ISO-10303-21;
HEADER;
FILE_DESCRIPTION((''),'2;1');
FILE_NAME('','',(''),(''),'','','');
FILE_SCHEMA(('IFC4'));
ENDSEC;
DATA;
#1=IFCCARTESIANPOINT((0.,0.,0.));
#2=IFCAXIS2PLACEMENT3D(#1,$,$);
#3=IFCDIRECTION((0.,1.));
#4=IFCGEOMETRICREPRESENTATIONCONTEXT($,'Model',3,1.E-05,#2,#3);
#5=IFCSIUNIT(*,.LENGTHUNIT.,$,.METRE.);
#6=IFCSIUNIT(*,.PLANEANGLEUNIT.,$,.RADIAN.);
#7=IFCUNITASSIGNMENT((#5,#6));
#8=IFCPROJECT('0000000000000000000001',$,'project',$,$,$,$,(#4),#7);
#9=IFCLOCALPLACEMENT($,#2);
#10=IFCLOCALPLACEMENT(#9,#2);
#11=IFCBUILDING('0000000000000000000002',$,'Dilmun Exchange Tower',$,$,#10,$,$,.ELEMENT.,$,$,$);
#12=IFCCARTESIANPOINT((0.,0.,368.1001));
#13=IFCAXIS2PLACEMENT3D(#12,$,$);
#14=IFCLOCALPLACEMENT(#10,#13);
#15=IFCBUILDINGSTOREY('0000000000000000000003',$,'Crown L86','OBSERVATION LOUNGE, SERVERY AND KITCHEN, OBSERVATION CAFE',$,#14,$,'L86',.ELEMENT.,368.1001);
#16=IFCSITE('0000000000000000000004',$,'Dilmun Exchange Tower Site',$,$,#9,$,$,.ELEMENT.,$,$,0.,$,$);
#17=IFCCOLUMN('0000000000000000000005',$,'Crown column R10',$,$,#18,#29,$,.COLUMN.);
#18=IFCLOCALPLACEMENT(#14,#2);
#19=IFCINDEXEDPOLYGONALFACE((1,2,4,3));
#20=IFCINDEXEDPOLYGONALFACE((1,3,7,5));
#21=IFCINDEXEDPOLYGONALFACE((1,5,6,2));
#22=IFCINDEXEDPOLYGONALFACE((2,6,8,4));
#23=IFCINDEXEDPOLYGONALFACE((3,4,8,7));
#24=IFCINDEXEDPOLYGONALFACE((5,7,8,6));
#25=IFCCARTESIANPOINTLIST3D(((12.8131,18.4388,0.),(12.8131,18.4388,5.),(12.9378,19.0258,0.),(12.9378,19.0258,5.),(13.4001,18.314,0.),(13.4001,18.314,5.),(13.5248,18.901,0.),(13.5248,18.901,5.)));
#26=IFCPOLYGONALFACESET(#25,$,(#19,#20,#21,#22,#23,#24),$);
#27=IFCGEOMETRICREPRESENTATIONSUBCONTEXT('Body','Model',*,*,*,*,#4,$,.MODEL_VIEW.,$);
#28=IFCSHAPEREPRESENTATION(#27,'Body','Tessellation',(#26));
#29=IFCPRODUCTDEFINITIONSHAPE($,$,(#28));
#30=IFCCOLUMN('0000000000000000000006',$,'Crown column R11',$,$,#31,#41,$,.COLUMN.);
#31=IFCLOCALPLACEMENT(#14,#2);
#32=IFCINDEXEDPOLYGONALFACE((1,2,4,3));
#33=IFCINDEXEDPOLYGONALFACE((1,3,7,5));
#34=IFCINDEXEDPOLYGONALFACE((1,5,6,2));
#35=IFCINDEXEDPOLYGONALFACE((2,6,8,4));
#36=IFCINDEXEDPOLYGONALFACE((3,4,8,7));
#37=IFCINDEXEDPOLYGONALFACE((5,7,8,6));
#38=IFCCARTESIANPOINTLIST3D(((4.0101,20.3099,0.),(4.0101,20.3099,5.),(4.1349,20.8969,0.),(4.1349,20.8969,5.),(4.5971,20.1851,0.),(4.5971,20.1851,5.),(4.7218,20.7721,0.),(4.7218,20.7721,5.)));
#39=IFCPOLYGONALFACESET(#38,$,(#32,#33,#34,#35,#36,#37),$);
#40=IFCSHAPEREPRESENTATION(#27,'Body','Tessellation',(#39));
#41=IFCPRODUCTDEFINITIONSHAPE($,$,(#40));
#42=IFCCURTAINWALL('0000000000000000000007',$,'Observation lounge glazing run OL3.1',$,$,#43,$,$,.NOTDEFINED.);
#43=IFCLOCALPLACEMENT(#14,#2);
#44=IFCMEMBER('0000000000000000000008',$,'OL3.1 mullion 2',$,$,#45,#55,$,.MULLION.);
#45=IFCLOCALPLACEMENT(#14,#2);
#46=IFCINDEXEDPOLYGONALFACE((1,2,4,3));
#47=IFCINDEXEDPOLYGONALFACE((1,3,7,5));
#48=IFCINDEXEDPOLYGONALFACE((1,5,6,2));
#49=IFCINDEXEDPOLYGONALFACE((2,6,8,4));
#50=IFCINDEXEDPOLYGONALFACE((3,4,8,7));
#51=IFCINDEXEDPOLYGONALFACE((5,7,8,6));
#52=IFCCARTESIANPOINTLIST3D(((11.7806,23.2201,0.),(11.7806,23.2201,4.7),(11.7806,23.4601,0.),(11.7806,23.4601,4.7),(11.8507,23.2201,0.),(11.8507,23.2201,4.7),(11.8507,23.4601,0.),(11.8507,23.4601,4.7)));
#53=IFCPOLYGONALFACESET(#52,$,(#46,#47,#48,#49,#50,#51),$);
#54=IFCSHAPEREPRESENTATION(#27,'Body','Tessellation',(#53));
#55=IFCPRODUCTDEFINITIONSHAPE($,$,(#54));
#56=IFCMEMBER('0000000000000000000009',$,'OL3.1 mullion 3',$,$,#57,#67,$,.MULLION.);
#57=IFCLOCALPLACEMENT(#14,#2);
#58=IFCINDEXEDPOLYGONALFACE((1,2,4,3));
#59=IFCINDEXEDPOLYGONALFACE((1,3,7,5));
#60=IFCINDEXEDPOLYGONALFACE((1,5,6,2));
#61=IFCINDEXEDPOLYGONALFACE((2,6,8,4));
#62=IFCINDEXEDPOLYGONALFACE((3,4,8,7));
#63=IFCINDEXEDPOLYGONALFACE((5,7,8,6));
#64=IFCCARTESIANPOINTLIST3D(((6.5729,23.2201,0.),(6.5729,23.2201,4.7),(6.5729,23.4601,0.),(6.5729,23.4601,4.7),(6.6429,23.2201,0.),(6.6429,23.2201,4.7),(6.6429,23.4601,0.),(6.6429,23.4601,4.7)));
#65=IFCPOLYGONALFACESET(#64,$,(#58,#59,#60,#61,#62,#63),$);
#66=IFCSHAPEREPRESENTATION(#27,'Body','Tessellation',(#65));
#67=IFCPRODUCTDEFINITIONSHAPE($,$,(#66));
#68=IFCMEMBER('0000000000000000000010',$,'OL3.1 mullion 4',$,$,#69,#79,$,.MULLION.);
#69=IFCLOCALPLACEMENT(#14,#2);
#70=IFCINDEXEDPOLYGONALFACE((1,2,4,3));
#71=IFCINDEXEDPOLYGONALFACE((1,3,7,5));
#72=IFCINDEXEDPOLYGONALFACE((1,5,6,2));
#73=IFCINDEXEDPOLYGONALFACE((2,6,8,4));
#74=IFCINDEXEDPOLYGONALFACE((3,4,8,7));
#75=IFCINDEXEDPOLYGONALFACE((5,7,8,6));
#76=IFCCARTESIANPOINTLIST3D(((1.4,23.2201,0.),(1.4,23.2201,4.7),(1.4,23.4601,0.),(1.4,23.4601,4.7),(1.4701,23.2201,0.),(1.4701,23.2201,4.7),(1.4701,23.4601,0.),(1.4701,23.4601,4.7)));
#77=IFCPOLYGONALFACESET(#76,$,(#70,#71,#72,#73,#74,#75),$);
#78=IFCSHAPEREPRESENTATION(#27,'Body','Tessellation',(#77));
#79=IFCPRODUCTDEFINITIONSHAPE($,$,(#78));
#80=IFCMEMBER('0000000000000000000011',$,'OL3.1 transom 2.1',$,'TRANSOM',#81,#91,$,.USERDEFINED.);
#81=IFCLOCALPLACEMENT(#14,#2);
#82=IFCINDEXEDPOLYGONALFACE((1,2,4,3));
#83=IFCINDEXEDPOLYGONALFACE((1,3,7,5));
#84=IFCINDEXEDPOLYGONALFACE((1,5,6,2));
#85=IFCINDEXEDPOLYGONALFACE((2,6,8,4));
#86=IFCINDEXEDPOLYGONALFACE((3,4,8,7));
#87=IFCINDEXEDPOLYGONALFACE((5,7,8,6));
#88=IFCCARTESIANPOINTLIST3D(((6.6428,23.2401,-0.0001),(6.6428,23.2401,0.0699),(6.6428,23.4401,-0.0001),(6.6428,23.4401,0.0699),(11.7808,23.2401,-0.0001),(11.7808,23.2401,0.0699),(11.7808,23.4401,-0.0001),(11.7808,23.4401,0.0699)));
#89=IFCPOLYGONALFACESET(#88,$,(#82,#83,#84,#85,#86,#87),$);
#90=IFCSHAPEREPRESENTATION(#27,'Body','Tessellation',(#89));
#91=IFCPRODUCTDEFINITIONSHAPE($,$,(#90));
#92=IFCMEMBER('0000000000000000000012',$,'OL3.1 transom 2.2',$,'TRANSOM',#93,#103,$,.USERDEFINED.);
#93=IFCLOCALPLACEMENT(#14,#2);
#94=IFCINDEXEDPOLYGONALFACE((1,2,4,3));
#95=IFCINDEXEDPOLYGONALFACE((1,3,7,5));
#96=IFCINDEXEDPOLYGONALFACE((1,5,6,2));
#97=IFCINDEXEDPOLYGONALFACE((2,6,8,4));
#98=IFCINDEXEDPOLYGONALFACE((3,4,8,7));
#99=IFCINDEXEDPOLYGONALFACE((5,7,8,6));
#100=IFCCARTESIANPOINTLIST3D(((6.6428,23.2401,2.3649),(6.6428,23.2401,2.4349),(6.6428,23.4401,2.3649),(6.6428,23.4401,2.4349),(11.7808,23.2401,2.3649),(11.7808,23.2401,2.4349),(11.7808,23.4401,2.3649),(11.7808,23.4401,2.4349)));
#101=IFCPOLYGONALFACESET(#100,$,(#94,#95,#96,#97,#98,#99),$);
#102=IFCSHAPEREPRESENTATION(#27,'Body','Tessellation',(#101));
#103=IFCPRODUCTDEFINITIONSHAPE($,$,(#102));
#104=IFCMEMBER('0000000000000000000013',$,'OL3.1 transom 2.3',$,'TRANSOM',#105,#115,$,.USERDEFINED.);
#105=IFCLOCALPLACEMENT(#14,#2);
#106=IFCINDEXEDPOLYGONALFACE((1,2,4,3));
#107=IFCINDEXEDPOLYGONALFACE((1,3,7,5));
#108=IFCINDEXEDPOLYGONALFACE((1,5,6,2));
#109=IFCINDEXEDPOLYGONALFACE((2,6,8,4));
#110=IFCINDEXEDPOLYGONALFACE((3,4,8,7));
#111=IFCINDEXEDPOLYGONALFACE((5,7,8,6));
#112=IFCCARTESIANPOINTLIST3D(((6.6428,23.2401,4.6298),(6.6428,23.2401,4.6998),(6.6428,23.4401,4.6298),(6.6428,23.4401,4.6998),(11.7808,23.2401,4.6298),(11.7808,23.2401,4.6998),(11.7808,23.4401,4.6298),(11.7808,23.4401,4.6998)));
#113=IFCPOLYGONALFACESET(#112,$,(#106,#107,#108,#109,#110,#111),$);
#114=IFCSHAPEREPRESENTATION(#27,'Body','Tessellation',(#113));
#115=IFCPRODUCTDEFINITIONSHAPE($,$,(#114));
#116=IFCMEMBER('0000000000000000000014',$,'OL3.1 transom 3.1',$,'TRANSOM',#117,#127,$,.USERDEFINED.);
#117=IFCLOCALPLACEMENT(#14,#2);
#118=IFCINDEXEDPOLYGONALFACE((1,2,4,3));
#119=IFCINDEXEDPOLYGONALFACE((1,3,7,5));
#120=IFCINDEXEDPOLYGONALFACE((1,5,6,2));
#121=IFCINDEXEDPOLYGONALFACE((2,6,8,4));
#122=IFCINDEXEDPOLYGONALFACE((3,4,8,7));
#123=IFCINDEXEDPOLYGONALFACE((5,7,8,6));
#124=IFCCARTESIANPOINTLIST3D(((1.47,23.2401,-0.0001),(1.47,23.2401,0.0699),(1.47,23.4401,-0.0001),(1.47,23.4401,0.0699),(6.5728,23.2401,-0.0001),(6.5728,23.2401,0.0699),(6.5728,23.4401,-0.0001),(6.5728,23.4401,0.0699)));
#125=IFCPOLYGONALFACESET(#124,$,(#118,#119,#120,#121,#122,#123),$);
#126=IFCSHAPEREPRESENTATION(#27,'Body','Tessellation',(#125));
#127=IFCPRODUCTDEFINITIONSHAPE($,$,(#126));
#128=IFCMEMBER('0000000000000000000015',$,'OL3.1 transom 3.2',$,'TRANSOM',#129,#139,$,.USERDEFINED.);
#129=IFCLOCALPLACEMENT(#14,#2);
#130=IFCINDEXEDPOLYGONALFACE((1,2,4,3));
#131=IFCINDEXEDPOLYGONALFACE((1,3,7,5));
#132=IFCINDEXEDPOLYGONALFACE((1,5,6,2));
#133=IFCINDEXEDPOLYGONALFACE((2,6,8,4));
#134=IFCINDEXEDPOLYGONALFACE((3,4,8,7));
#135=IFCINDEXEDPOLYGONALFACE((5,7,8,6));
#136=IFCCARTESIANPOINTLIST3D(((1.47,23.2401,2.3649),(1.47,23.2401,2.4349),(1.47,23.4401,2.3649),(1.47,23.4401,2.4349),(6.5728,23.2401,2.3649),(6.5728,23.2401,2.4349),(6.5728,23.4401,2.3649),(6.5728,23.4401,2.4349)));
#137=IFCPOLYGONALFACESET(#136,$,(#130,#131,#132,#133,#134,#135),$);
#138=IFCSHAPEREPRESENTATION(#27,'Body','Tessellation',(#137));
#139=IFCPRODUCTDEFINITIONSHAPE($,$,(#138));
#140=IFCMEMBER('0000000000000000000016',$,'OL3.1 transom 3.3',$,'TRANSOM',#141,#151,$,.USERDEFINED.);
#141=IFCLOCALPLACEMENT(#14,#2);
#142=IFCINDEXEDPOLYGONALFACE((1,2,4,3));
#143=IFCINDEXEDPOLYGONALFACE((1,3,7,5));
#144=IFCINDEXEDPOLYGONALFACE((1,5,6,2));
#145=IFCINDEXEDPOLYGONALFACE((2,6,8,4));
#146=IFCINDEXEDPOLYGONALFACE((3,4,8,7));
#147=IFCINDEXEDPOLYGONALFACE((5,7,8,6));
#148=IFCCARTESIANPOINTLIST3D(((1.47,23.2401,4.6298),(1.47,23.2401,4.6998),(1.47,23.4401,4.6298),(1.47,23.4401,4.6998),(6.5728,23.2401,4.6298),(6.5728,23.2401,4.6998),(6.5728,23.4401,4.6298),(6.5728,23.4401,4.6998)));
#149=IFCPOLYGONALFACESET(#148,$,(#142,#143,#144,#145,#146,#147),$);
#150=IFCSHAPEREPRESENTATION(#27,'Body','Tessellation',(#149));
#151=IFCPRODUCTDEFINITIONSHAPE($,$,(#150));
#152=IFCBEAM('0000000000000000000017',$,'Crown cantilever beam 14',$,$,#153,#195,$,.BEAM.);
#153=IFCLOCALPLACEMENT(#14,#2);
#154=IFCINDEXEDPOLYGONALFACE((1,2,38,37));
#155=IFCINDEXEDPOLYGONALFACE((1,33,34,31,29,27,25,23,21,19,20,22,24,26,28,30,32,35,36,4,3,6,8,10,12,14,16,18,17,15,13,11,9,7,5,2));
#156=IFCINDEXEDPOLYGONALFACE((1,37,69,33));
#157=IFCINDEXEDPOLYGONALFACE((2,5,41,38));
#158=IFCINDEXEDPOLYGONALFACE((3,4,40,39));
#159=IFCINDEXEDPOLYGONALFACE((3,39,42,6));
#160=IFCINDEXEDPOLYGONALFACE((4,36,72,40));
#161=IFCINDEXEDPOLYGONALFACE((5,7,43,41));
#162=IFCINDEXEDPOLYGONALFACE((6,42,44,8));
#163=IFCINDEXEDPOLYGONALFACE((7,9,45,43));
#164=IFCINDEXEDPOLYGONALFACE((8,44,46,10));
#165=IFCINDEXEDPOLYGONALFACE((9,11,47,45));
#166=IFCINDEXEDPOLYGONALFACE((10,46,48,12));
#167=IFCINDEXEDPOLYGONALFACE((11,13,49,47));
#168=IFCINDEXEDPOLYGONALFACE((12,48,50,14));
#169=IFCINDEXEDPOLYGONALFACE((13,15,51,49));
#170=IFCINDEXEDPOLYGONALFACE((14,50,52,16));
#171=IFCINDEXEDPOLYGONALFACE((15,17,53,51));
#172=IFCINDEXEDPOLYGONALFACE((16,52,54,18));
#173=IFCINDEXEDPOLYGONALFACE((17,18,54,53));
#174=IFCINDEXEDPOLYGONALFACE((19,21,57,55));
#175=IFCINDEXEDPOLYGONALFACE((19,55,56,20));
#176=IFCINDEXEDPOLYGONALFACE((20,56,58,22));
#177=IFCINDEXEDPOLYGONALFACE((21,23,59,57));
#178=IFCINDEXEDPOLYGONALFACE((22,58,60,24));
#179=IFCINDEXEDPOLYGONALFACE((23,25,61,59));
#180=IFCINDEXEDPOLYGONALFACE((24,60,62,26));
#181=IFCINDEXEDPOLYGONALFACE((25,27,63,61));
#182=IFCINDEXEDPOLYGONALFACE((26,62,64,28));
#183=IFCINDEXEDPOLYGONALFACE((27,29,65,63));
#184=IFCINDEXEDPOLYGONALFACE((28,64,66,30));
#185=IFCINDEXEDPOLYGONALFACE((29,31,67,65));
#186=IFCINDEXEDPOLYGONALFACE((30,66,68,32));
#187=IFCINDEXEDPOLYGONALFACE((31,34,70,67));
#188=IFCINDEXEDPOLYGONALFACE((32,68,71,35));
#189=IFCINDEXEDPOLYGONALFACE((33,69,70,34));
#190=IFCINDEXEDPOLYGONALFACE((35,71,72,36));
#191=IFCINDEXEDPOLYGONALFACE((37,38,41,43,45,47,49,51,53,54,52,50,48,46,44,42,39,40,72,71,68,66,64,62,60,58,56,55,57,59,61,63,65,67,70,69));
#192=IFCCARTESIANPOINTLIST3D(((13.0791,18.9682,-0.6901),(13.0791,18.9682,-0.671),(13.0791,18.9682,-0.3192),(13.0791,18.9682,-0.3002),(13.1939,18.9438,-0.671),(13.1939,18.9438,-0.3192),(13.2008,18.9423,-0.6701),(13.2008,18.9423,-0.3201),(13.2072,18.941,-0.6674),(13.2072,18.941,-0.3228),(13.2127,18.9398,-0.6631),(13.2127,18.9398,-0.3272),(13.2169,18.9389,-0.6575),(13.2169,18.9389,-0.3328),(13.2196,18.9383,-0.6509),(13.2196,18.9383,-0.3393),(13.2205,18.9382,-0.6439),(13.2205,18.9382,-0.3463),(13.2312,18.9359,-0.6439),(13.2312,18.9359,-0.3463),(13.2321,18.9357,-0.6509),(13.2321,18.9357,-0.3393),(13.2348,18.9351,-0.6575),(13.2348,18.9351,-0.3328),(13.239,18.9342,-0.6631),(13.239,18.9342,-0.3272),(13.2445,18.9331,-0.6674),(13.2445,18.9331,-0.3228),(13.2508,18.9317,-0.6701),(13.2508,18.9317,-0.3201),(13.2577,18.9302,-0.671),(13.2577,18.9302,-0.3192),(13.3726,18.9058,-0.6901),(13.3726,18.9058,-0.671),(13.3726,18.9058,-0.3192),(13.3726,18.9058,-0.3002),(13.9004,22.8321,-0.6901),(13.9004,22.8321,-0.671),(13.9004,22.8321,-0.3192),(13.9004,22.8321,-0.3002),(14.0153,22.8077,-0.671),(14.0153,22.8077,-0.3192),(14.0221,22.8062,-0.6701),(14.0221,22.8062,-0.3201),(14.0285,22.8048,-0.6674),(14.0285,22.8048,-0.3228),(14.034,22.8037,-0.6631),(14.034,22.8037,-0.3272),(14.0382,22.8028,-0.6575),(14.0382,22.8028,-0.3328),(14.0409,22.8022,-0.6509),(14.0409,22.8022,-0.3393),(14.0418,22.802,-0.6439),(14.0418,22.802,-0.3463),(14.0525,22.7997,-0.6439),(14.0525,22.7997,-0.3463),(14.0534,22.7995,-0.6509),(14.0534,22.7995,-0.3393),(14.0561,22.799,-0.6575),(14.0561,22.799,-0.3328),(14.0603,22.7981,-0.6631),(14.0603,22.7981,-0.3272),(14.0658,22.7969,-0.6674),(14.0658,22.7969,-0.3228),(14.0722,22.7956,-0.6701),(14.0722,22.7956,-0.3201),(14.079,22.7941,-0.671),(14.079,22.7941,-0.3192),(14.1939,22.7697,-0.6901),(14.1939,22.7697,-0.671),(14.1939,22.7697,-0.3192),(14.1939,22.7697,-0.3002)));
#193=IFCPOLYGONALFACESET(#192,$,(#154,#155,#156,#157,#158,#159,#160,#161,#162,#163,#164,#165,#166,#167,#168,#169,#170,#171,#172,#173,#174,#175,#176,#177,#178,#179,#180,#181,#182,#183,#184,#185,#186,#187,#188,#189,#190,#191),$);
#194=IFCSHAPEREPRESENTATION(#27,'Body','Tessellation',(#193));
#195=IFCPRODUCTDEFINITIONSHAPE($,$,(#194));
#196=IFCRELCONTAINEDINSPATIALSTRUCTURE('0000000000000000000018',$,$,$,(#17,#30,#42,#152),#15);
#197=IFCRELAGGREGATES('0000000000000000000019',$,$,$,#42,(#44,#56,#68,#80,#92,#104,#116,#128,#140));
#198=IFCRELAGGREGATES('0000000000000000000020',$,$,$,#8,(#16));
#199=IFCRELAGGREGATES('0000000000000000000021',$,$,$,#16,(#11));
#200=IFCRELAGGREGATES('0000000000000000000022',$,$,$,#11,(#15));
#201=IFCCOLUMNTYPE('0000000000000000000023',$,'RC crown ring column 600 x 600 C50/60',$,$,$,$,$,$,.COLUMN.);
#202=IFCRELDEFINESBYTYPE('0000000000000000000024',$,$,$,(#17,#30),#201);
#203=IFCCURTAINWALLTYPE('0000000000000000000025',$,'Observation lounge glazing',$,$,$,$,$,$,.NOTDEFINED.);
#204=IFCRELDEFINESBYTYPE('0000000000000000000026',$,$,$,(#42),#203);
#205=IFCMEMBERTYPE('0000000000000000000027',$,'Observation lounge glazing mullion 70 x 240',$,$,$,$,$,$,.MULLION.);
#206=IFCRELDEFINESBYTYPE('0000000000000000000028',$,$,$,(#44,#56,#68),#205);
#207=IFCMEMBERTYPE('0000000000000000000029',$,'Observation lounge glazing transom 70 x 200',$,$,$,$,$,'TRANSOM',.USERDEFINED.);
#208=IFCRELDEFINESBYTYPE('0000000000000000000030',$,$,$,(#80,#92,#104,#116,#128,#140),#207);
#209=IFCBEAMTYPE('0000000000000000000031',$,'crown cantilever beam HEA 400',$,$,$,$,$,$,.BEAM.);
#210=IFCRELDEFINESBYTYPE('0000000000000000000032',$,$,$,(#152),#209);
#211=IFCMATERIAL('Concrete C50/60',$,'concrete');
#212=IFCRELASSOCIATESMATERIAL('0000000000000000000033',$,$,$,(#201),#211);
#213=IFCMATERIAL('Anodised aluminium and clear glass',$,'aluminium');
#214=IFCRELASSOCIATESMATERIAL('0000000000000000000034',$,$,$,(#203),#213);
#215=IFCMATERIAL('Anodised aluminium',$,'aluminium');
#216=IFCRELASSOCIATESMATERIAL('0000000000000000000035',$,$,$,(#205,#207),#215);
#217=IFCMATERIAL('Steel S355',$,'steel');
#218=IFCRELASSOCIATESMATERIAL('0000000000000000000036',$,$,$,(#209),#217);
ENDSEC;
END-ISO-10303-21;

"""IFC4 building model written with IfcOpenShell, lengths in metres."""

from ifc_helpers import new_model, si_unit, direction, frame, origin, origin_2d, place, context, subcontext, project, spatial, rectangle, i_section, extrude, material, material_profile, profile_set, type_object, element, aggregate, save


model = new_model("IFC4")

# Units and contexts
model_context = context("Model", 3, precision=1e-05, world=origin(), true_north=direction((0.0, 1.0)))
body_context = subcontext(model_context, "Body", "Model", "MODEL_VIEW")
ifc_project = project(units=[si_unit("LENGTHUNIT", "METRE"), si_unit("PLANEANGLEUNIT", "RADIAN")], contexts=[model_context])

# Site, building, storey
site_placement = place(None, origin())
site = spatial("IfcSite", under=ifc_project, at=site_placement, Name="Dilmun Exchange Tower Site", CompositionType="ELEMENT", RefElevation=0.0)
building_placement = place(site_placement, origin())
building = spatial("IfcBuilding", under=site, at=building_placement, Name="Dilmun Exchange Tower", CompositionType="ELEMENT")
storey_placement = place(building_placement, frame((0.0, 0.0, 368.1001)))
storey = spatial("IfcBuildingStorey", under=building, at=storey_placement, Name="Crown L86", Description="OBSERVATION LOUNGE, SERVERY AND KITCHEN, OBSERVATION CAFE", LongName="L86", CompositionType="ELEMENT", Elevation=368.1001)

# Columns
ifc_material_1 = material(Name="Concrete C50/60", Category="concrete")
ifc_material_profile_1 = material_profile(ifc_material_1, rectangle(XDim=0.6001, YDim=0.6001, at=origin_2d()), Name="600 x 600")
ifc_profile_set_1 = profile_set([ifc_material_profile_1], Name="Concrete C50/60")
column_type = type_object("IfcColumnType", Name="RC crown ring column 600 x 600 C50/60", PredefinedType="COLUMN", material=ifc_profile_set_1)
for number, where, z_axis, x_axis, name in (
    (1, (13.1689, 18.6699, 0.0), (0.0, 0.0, 1.0), (0.207912, 0.978148, 0.0), "Crown column R10"),
    (2, (4.366, 20.541, 0.0), (0.0, 0.0, 1.0), (0.207912, 0.978148, 0.0), "Crown column R11"),
):
    element("IfcColumn", number, at=place(storey_placement, frame(where, z_axis=z_axis, x_axis=x_axis)), inside=storey, type_object=column_type, Name=name, PredefinedType="COLUMN", context=body_context, shape_type="SweptSolid", body=[
        extrude(rectangle(XDim=0.6001, YDim=0.6001, at=origin_2d()), origin(), (0.0, 0.0, 1.0), 5.0),
    ])

# Curtain wall, members
ifc_material_2 = material(Name="Anodised aluminium and clear glass", Category="aluminium")
curtain_wall_type = type_object("IfcCurtainWallType", Name="Observation lounge glazing", PredefinedType="NOTDEFINED", material=ifc_material_2)
curtain_wall_placement = place(storey_placement, origin())
curtain_wall = element("IfcCurtainWall", 3, at=curtain_wall_placement, inside=storey, type_object=curtain_wall_type, Name="Observation lounge glazing run OL3.1", PredefinedType="NOTDEFINED")
ifc_material_3 = material(Name="Anodised aluminium", Category="aluminium")
ifc_material_profile_2 = material_profile(ifc_material_3, rectangle(XDim=0.24, YDim=0.0701, at=origin_2d()), Name="AL 70x240")
ifc_profile_set_2 = profile_set([ifc_material_profile_2], Name="Anodised aluminium")
member_type_1 = type_object("IfcMemberType", Name="Observation lounge glazing mullion 70 x 240", PredefinedType="MULLION", material=ifc_profile_set_2)
member_1_placement = place(storey_placement, frame((11.8157, 23.3401, 0.0), z_axis=(0.0, 0.0, 1.0), x_axis=(0.0, -1.0, 0.0)))
member_1 = element("IfcMember", 4, at=member_1_placement, type_object=member_type_1, Name="OL3.1 mullion 2", PredefinedType="MULLION", context=body_context, shape_type="SweptSolid", body=[
    extrude(rectangle(XDim=0.24, YDim=0.0701, at=origin_2d()), origin(), (0.0, 0.0, 1.0), 4.7),
])
member_2_placement = place(storey_placement, frame((6.6079, 23.3401, 0.0), z_axis=(0.0, 0.0, 1.0), x_axis=(0.0, -1.0, 0.0)))
member_2 = element("IfcMember", 5, at=member_2_placement, type_object=member_type_1, Name="OL3.1 mullion 3", PredefinedType="MULLION", context=body_context, shape_type="SweptSolid", body=[
    extrude(rectangle(XDim=0.24, YDim=0.0701, at=origin_2d()), origin(), (0.0, 0.0, 1.0), 4.7),
])
member_3_placement = place(storey_placement, frame((1.4351, 23.3401, 0.0), z_axis=(0.0, 0.0, 1.0), x_axis=(0.0, -1.0, 0.0)))
member_3 = element("IfcMember", 6, at=member_3_placement, type_object=member_type_1, Name="OL3.1 mullion 4", PredefinedType="MULLION", context=body_context, shape_type="SweptSolid", body=[
    extrude(rectangle(XDim=0.24, YDim=0.0701, at=origin_2d()), origin(), (0.0, 0.0, 1.0), 4.7),
])
ifc_material_profile_3 = material_profile(ifc_material_3, rectangle(XDim=0.2, YDim=0.0701, at=origin_2d()), Name="AL 70x200")
ifc_profile_set_3 = profile_set([ifc_material_profile_3], Name="Anodised aluminium")
member_type_2 = type_object("IfcMemberType", Name="Observation lounge glazing transom 70 x 200", ElementType="TRANSOM", PredefinedType="USERDEFINED", material=ifc_profile_set_3)
member_4_placement = place(storey_placement, frame((11.7808, 23.3401, 0.0349), z_axis=(-1.0, 0.0, 0.0), x_axis=(0.0, -1.0, 0.0)))
member_4 = element("IfcMember", 7, at=member_4_placement, type_object=member_type_2, Name="OL3.1 transom 2.1", ObjectType="TRANSOM", PredefinedType="USERDEFINED", context=body_context, shape_type="SweptSolid", body=[
    extrude(rectangle(XDim=0.2, YDim=0.0701, at=origin_2d()), origin(), (0.0, 0.0, 1.0), 5.1379),
])
member_5_placement = place(storey_placement, frame((11.7808, 23.3401, 2.3999), z_axis=(-1.0, 0.0, 0.0), x_axis=(0.0, -1.0, 0.0)))
member_5 = element("IfcMember", 8, at=member_5_placement, type_object=member_type_2, Name="OL3.1 transom 2.2", ObjectType="TRANSOM", PredefinedType="USERDEFINED", context=body_context, shape_type="SweptSolid", body=[
    extrude(rectangle(XDim=0.2, YDim=0.0701, at=origin_2d()), origin(), (0.0, 0.0, 1.0), 5.1379),
])
member_6_placement = place(storey_placement, frame((11.7808, 23.3401, 4.6648), z_axis=(-1.0, 0.0, 0.0), x_axis=(0.0, -1.0, 0.0)))
member_6 = element("IfcMember", 9, at=member_6_placement, type_object=member_type_2, Name="OL3.1 transom 2.3", ObjectType="TRANSOM", PredefinedType="USERDEFINED", context=body_context, shape_type="SweptSolid", body=[
    extrude(rectangle(XDim=0.2, YDim=0.0701, at=origin_2d()), origin(), (0.0, 0.0, 1.0), 5.1379),
])
member_7_placement = place(storey_placement, frame((6.5728, 23.3401, 0.0349), z_axis=(-1.0, 0.0, 0.0), x_axis=(0.0, -1.0, 0.0)))
member_7 = element("IfcMember", 10, at=member_7_placement, type_object=member_type_2, Name="OL3.1 transom 3.1", ObjectType="TRANSOM", PredefinedType="USERDEFINED", context=body_context, shape_type="SweptSolid", body=[
    extrude(rectangle(XDim=0.2, YDim=0.0701, at=origin_2d()), origin(), (0.0, 0.0, 1.0), 5.1028),
])
member_8_placement = place(storey_placement, frame((6.5728, 23.3401, 2.3999), z_axis=(-1.0, 0.0, 0.0), x_axis=(0.0, -1.0, 0.0)))
member_8 = element("IfcMember", 11, at=member_8_placement, type_object=member_type_2, Name="OL3.1 transom 3.2", ObjectType="TRANSOM", PredefinedType="USERDEFINED", context=body_context, shape_type="SweptSolid", body=[
    extrude(rectangle(XDim=0.2, YDim=0.0701, at=origin_2d()), origin(), (0.0, 0.0, 1.0), 5.1028),
])
member_9_placement = place(storey_placement, frame((6.5728, 23.3401, 4.6648), z_axis=(-1.0, 0.0, 0.0), x_axis=(0.0, -1.0, 0.0)))
member_9 = element("IfcMember", 12, at=member_9_placement, type_object=member_type_2, Name="OL3.1 transom 3.3", ObjectType="TRANSOM", PredefinedType="USERDEFINED", context=body_context, shape_type="SweptSolid", body=[
    extrude(rectangle(XDim=0.2, YDim=0.0701, at=origin_2d()), origin(), (0.0, 0.0, 1.0), 5.1028),
])

# Beam
ifc_material_4 = material(Name="Steel S355", Category="steel")
ifc_material_profile_4 = material_profile(ifc_material_4, i_section(OverallWidth=0.3, OverallDepth=0.3899, WebThickness=0.011, FlangeThickness=0.019, FilletRadius=0.0271, at=origin_2d()), Name="HEA 400")
ifc_profile_set_4 = profile_set([ifc_material_profile_4], Name="Steel S355")
beam_type_1 = type_object("IfcBeamType", Name="crown cantilever beam HEA 400", PredefinedType="BEAM", material=ifc_profile_set_4)
beam_1_placement = place(storey_placement, frame((13.2258, 18.937, -0.4951), z_axis=(0.207916, 0.978147, 0.0), x_axis=(-0.978147, 0.207916, 0.0)))
element("IfcBeam", 13, at=beam_1_placement, inside=storey, type_object=beam_type_1, Name="Crown cantilever beam 14", PredefinedType="BEAM", context=body_context, shape_type="SweptSolid", body=[
    extrude(i_section(OverallWidth=0.3, OverallDepth=0.3899, WebThickness=0.011, FlangeThickness=0.019, FilletRadius=0.0271, at=origin_2d()), origin(), (0.0, 0.0, 1.0), 3.9502),
])

aggregate(curtain_wall, [member_1, member_2, member_3, member_4, member_5, member_6, member_7, member_8, member_9])

save(model, "model.ifc")
